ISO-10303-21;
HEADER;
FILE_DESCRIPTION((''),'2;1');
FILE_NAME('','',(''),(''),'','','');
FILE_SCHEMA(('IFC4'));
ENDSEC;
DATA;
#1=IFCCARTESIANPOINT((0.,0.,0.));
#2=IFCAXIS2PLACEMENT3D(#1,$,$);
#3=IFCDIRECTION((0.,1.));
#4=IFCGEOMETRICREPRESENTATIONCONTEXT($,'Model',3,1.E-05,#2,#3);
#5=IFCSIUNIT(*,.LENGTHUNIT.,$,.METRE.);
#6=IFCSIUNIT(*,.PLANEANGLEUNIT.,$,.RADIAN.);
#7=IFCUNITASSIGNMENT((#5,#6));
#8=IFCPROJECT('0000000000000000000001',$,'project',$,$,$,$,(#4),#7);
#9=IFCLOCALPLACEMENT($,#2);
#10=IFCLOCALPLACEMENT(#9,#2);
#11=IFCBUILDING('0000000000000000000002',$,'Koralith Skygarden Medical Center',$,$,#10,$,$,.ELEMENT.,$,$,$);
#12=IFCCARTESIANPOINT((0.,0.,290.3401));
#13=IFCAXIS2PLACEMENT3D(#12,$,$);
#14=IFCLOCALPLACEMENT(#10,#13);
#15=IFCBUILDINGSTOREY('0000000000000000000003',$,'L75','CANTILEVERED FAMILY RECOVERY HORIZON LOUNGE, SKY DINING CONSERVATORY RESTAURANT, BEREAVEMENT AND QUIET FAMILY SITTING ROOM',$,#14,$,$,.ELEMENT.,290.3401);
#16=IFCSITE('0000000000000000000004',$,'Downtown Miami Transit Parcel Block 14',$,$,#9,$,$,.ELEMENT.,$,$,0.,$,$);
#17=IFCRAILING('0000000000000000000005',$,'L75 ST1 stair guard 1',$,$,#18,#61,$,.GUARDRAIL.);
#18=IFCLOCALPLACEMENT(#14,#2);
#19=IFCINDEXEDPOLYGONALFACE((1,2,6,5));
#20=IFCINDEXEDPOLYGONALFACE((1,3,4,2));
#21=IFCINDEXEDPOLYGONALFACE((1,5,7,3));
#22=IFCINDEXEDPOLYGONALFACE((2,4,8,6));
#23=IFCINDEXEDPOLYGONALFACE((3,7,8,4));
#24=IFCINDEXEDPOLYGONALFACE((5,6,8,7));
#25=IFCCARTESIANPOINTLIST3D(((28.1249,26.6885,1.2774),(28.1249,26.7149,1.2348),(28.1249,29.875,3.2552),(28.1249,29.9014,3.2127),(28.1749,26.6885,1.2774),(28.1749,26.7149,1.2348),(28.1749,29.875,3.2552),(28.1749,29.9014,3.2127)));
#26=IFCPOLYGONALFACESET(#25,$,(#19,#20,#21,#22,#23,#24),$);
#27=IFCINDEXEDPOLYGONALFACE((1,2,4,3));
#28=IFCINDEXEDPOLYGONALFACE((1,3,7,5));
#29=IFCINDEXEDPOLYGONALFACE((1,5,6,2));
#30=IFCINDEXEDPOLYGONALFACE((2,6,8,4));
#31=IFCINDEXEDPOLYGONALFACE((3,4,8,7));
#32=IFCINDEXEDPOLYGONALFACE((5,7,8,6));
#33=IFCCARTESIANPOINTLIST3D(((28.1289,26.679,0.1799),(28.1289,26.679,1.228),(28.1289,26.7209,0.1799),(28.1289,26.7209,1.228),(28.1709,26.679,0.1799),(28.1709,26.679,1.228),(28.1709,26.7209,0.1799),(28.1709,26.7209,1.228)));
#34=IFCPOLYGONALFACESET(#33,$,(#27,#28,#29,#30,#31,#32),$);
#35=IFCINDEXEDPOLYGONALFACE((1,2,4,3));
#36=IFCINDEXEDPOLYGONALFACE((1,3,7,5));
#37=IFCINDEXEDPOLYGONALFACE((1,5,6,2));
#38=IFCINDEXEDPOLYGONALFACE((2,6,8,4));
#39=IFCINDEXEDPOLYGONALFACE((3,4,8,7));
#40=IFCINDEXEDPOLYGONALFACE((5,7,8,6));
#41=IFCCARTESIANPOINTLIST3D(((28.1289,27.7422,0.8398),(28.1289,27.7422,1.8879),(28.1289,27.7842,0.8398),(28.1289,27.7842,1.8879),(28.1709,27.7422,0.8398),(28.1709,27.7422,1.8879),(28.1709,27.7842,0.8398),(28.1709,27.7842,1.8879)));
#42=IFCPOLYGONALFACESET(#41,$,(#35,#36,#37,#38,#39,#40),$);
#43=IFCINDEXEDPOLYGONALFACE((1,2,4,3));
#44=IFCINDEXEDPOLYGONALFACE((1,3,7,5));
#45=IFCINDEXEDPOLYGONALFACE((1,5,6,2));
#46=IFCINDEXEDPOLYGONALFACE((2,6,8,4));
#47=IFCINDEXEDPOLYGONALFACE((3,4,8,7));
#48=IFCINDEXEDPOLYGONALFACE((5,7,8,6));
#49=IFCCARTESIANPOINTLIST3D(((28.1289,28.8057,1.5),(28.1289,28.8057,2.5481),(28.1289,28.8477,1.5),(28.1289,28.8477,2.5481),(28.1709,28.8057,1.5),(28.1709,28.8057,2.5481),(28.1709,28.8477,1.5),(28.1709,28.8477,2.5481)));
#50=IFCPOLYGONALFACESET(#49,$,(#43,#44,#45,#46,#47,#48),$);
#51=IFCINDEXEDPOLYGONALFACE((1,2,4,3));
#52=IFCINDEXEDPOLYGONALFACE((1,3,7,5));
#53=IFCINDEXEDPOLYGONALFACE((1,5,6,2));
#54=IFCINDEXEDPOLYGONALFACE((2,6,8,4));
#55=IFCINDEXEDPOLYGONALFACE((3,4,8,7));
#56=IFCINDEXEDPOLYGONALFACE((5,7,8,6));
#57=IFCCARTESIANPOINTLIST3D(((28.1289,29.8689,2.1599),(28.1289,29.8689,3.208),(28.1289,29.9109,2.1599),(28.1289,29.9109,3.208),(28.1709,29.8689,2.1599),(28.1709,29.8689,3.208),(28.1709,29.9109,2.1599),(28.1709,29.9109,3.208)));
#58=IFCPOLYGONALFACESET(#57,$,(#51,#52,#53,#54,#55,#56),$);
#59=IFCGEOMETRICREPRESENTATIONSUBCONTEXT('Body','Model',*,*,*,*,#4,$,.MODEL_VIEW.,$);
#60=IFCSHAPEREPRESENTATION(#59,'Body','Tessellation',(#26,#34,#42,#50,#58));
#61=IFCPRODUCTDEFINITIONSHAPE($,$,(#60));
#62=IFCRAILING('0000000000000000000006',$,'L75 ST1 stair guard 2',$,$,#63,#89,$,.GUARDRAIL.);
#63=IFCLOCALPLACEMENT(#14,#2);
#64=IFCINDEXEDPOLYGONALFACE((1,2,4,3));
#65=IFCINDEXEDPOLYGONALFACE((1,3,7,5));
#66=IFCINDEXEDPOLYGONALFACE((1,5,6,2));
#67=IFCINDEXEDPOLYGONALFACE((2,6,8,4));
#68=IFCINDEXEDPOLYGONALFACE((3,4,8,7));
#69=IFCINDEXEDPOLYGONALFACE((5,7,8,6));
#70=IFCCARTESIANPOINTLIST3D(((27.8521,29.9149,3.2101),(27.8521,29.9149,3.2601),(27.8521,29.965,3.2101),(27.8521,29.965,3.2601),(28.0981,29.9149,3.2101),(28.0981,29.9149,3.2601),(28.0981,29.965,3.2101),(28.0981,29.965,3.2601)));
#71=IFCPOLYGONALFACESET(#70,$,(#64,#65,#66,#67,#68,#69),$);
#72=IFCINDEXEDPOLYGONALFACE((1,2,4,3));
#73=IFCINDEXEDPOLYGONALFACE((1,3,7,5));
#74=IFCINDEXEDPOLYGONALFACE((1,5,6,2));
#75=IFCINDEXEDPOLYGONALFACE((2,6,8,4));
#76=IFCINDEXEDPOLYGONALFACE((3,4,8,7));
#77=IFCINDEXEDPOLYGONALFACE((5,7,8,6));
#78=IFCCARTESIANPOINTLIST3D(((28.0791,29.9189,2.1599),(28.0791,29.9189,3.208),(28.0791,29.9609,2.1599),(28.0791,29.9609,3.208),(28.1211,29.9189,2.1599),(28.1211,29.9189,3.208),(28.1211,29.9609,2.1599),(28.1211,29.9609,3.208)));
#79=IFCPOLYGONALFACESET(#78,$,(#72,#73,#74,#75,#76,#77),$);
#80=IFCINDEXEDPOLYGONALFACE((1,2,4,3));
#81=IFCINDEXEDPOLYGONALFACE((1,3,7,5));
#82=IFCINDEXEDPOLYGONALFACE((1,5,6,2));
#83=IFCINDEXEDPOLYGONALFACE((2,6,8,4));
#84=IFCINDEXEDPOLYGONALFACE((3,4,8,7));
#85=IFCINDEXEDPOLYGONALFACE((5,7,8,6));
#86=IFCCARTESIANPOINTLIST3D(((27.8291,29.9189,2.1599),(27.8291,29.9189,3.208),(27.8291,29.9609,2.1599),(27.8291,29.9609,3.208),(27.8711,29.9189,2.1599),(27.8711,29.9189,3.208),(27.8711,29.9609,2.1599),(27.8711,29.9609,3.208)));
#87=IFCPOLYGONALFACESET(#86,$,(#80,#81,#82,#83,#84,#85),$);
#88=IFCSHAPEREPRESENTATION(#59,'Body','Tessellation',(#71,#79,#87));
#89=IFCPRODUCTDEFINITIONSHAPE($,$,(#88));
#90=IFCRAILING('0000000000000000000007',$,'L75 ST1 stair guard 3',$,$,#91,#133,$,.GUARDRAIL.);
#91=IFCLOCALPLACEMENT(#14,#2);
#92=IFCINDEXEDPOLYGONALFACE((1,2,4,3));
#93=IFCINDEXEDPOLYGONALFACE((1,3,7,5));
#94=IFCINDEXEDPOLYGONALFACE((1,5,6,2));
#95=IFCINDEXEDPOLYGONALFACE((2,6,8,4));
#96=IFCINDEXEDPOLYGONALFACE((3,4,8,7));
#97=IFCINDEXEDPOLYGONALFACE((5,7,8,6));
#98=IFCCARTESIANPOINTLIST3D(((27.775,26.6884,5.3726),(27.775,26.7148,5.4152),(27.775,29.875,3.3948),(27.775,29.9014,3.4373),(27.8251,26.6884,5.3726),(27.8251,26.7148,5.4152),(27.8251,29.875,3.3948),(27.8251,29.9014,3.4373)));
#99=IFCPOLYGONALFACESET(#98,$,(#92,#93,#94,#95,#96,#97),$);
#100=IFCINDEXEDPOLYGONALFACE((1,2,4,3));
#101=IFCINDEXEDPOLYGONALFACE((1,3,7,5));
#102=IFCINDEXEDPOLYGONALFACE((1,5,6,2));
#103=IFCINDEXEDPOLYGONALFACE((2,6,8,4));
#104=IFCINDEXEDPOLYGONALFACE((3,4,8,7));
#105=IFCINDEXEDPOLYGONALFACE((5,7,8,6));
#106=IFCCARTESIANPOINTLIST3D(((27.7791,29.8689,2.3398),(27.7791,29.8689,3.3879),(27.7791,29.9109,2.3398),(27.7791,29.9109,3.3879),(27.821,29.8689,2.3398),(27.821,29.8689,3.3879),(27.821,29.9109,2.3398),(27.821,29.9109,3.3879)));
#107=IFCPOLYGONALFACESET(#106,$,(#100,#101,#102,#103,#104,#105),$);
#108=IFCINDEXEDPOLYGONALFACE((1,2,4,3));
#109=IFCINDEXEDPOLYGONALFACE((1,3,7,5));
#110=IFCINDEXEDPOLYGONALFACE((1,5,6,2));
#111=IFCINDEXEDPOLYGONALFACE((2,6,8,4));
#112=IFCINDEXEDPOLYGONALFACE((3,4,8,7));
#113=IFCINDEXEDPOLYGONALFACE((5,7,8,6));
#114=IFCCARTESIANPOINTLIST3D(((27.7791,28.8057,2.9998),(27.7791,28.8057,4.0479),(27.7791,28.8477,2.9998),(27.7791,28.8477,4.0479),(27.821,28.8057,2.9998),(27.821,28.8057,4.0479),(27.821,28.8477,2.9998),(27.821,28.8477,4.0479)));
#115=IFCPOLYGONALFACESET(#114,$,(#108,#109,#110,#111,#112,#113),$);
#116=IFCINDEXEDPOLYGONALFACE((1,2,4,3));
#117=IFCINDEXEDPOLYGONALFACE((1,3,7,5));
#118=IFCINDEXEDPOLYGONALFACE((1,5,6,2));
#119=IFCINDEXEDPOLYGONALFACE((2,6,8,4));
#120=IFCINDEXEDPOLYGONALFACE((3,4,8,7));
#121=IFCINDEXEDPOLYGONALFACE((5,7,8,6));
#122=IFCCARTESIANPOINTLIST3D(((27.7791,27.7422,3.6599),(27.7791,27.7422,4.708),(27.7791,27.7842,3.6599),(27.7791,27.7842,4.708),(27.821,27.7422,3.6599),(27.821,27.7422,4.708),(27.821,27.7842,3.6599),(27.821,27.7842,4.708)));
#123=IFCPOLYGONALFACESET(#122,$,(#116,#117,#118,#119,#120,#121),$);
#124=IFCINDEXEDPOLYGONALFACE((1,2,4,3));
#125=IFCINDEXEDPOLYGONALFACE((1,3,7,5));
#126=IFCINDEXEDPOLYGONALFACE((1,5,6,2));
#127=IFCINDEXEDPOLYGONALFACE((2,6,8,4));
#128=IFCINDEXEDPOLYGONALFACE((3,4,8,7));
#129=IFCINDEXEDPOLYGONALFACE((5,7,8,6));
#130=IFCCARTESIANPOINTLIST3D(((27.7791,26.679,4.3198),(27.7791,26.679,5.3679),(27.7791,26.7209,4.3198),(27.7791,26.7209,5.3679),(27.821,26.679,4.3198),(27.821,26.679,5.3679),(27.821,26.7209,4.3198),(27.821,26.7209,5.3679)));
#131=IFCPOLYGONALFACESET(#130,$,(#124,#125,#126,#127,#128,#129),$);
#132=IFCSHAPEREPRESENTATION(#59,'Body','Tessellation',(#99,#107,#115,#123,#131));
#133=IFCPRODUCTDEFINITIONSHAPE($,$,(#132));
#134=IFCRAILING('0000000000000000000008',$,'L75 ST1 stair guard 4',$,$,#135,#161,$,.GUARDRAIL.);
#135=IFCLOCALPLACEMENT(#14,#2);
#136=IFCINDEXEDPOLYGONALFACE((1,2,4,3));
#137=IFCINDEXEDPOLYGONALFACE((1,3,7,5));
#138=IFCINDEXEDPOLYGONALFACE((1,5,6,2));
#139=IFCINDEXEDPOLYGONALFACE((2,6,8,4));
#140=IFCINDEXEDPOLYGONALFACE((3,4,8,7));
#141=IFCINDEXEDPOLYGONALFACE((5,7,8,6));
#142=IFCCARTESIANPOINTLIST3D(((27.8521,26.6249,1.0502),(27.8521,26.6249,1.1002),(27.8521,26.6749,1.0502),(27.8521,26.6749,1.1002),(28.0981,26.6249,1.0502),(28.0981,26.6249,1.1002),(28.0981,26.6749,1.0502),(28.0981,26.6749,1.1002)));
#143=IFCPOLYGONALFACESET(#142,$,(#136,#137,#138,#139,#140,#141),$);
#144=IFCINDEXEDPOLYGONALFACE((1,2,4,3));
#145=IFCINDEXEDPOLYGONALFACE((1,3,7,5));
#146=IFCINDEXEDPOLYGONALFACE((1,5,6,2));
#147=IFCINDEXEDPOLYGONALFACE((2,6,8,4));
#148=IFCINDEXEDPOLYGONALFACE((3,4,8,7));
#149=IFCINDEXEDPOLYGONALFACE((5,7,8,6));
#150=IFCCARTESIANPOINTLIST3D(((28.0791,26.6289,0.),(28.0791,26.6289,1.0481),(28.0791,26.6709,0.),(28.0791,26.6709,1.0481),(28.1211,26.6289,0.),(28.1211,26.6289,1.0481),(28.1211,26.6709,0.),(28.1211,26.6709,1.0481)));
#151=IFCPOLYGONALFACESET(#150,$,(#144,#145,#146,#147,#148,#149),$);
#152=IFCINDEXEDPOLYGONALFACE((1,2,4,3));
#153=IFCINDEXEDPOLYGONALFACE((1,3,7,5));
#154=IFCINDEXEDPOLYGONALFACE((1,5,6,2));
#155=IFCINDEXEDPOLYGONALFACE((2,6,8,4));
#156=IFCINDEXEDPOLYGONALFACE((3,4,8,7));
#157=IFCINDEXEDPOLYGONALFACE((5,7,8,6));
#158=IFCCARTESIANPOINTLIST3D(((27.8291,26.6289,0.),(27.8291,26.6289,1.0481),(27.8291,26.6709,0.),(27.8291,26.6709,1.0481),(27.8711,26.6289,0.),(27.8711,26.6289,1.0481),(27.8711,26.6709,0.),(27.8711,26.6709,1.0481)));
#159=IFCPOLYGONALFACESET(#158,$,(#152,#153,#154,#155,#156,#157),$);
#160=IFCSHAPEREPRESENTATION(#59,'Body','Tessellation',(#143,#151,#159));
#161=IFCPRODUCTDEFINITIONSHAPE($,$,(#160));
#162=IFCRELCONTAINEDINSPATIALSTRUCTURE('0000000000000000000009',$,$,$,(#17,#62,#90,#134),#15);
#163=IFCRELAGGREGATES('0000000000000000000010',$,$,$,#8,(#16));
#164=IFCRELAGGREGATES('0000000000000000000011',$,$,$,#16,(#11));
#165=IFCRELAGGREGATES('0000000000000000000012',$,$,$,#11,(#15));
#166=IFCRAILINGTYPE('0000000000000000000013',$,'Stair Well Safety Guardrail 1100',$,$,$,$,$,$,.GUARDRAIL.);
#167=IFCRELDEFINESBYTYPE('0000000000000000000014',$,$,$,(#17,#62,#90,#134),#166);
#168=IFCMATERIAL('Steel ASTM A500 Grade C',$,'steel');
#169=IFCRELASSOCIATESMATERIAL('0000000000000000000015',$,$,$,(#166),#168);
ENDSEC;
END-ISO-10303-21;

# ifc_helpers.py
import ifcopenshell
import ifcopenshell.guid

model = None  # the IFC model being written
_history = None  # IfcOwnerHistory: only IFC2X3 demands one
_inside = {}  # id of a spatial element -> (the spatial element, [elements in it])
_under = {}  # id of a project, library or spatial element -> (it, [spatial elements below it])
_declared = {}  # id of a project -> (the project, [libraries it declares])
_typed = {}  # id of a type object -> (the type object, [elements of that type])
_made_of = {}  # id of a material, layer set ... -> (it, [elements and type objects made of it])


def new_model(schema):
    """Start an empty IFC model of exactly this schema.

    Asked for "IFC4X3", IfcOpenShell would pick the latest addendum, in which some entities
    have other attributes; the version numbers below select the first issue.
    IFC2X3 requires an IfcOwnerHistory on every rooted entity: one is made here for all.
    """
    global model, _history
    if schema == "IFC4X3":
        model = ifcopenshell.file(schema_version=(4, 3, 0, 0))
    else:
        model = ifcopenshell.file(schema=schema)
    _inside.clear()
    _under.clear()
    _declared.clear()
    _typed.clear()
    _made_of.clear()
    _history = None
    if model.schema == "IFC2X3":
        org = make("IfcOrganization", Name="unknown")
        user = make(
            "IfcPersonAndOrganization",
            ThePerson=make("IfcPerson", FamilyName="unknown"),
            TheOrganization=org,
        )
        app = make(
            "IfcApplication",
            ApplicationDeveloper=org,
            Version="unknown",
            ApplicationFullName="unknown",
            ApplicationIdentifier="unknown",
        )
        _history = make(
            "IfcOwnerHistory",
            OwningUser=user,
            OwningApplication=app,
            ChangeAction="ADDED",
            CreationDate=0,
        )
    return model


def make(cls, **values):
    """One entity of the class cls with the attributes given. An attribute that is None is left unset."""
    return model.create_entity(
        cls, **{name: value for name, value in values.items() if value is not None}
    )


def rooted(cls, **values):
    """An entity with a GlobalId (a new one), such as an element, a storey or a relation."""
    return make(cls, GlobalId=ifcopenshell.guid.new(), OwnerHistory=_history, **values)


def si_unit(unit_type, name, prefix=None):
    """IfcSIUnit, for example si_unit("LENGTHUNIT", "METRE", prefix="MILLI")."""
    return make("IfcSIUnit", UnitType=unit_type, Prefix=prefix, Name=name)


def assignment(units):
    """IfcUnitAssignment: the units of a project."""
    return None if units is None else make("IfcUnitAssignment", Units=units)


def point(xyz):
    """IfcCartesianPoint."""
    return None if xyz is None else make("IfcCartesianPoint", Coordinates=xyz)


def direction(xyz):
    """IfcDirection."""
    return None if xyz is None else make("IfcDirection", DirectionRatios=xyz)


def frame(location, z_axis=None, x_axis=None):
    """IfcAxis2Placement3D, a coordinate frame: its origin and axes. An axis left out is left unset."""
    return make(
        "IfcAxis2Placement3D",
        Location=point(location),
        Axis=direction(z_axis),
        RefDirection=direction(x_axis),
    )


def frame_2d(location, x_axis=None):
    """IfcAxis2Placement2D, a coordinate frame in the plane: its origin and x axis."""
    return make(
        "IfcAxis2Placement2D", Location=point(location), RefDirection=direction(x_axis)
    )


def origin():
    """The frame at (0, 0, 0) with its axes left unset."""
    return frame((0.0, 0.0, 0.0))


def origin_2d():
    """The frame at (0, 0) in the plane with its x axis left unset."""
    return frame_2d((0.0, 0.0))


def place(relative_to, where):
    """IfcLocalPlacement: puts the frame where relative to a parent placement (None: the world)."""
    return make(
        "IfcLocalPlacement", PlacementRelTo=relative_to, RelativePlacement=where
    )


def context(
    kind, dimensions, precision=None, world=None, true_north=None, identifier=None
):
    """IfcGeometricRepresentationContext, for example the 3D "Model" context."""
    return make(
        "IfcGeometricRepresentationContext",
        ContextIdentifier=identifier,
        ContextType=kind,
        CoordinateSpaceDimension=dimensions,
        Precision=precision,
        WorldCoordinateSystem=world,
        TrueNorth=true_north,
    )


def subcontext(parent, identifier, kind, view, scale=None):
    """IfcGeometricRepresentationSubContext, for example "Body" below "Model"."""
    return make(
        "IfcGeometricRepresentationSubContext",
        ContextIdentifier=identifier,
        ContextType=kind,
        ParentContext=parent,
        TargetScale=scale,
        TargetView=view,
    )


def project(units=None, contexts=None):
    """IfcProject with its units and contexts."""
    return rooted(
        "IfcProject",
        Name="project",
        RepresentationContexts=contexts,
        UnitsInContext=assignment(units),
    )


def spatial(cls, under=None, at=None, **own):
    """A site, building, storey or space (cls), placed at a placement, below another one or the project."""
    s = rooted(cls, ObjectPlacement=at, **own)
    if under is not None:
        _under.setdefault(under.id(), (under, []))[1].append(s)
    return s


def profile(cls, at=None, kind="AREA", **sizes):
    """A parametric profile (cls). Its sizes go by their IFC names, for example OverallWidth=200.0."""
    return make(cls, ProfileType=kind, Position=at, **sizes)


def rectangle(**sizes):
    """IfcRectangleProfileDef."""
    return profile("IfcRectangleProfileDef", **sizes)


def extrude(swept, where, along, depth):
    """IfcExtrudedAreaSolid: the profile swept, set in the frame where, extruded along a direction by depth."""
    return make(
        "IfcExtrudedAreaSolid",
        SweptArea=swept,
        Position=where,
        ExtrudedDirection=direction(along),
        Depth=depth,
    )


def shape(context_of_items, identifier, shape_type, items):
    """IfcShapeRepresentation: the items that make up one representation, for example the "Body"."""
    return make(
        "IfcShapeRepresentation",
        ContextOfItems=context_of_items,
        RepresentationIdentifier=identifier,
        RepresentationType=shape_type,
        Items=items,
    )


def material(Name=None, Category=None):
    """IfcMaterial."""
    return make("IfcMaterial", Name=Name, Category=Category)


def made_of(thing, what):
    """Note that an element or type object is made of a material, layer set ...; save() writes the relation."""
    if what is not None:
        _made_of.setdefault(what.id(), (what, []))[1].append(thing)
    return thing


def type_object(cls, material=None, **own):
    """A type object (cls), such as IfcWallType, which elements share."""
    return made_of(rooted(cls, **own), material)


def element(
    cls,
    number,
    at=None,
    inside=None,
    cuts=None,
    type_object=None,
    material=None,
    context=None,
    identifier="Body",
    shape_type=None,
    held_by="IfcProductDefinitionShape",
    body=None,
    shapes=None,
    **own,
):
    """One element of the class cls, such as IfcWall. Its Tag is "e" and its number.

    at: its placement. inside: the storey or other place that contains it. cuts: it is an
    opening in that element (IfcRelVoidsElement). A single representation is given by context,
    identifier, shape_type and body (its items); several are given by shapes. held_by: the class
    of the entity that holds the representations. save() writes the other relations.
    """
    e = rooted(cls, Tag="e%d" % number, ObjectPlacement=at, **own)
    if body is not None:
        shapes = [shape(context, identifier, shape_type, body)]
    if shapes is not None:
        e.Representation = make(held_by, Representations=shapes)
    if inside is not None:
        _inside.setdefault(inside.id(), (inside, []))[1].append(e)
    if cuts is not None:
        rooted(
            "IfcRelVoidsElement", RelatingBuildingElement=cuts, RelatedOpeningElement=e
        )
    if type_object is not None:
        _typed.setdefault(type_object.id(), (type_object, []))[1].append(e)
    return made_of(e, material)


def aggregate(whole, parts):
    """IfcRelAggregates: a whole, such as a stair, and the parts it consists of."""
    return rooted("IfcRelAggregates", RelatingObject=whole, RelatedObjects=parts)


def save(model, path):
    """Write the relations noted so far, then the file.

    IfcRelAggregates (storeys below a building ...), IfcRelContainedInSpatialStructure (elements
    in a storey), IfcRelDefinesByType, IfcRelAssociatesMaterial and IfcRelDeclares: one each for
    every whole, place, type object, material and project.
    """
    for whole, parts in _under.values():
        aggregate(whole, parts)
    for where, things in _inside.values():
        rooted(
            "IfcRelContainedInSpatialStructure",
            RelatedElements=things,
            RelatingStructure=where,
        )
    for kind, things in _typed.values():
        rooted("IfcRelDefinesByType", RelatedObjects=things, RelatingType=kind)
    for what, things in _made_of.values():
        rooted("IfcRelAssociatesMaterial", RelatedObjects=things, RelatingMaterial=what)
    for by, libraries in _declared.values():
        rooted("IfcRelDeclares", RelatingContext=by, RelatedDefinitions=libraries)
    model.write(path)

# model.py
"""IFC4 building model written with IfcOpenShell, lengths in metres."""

from ifc_helpers import new_model, si_unit, direction, frame, origin, origin_2d, place, context, subcontext, project, spatial, rectangle, extrude, material, type_object, element, save


model = new_model("IFC4")

# Units and contexts
model_context = context("Model", 3, precision=1e-05, world=origin(), true_north=direction((0.0, 1.0)))
body_context = subcontext(model_context, "Body", "Model", "MODEL_VIEW")
ifc_project = project(units=[si_unit("LENGTHUNIT", "METRE"), si_unit("PLANEANGLEUNIT", "RADIAN")], contexts=[model_context])

# Site, building, storey
site_placement = place(None, origin())
site = spatial("IfcSite", under=ifc_project, at=site_placement, Name="Downtown Miami Transit Parcel Block 14", CompositionType="ELEMENT", RefElevation=0.0)
building_placement = place(site_placement, origin())
building = spatial("IfcBuilding", under=site, at=building_placement, Name="Koralith Skygarden Medical Center", CompositionType="ELEMENT")
storey_placement = place(building_placement, frame((0.0, 0.0, 290.3401)))
storey = spatial("IfcBuildingStorey", under=building, at=storey_placement, Name="L75", Description="CANTILEVERED FAMILY RECOVERY HORIZON LOUNGE, SKY DINING CONSERVATORY RESTAURANT, BEREAVEMENT AND QUIET FAMILY SITTING ROOM", CompositionType="ELEMENT", Elevation=290.3401)

# Shared definitions
ifc_material_1 = material(Name="Steel ASTM A500 Grade C", Category="steel")

# Railings
railing_type_1 = type_object("IfcRailingType", Name="Stair Well Safety Guardrail 1100", PredefinedType="GUARDRAIL", material=ifc_material_1)
railing_1_placement = place(storey_placement, frame((28.1499, 26.7, 0.1799)))
element("IfcRailing", 1, at=railing_1_placement, inside=storey, type_object=railing_type_1, Name="L75 ST1 stair guard 1", PredefinedType="GUARDRAIL", context=body_context, shape_type="SweptSolid", body=[
    extrude(rectangle(XDim=0.05, YDim=0.05, at=origin_2d()), frame((0.0, 0.0017, 1.0762), z_axis=(0.0, 0.849638, 0.527366), x_axis=(-1.0, 0.0, 0.0)), (0.0, 0.0, 1.0), 3.7505),
    extrude(rectangle(XDim=0.042, YDim=0.042, at=origin_2d()), origin(), (0.0, 0.0, 1.0), 1.0481),
    extrude(rectangle(XDim=0.042, YDim=0.042, at=origin_2d()), frame((0.0, 1.0632, 0.6599)), (0.0, 0.0, 1.0), 1.0481),
    extrude(rectangle(XDim=0.042, YDim=0.042, at=origin_2d()), frame((0.0, 2.1267, 1.3201)), (0.0, 0.0, 1.0), 1.0481),
    extrude(rectangle(XDim=0.042, YDim=0.042, at=origin_2d()), frame((0.0, 3.1899, 1.98)), (0.0, 0.0, 1.0), 1.0481),
])
railing_2_placement = place(storey_placement, frame((28.1001, 29.9399, 2.1599)))
element("IfcRailing", 2, at=railing_2_placement, inside=storey, type_object=railing_type_1, Name="L75 ST1 stair guard 2", PredefinedType="GUARDRAIL", context=body_context, shape_type="SweptSolid", body=[
    extrude(rectangle(XDim=0.05, YDim=0.05, at=origin_2d()), frame((-0.002, 0.0, 1.0752), z_axis=(-1.0, 0.0, 0.0), x_axis=(0.0, -1.0, 0.0)), (0.0, 0.0, 1.0), 0.2461),
    extrude(rectangle(XDim=0.042, YDim=0.042, at=origin_2d()), origin(), (0.0, 0.0, 1.0), 1.0481),
    extrude(rectangle(XDim=0.042, YDim=0.042, at=origin_2d()), frame((-0.25, 0.0, 0.0)), (0.0, 0.0, 1.0), 1.0481),
])
railing_3_placement = place(storey_placement, frame((27.8, 29.8899, 2.3398)))
element("IfcRailing", 3, at=railing_3_placement, inside=storey, type_object=railing_type_1, Name="L75 ST1 stair guard 3", PredefinedType="GUARDRAIL", context=body_context, shape_type="SweptSolid", body=[
    extrude(rectangle(XDim=0.05, YDim=0.05, at=origin_2d()), frame((0.0, -0.0017, 1.0762), z_axis=(0.0, -0.849638, 0.527366), x_axis=(1.0, 0.0, 0.0)), (0.0, 0.0, 1.0), 3.7505),
    extrude(rectangle(XDim=0.042, YDim=0.042, at=origin_2d()), origin(), (0.0, 0.0, 1.0), 1.0481),
    extrude(rectangle(XDim=0.042, YDim=0.042, at=origin_2d()), frame((0.0, -1.0632, 0.6599)), (0.0, 0.0, 1.0), 1.0481),
    extrude(rectangle(XDim=0.042, YDim=0.042, at=origin_2d()), frame((0.0, -2.1267, 1.3201)), (0.0, 0.0, 1.0), 1.0481),
    extrude(rectangle(XDim=0.042, YDim=0.042, at=origin_2d()), frame((0.0, -3.1899, 1.98)), (0.0, 0.0, 1.0), 1.0481),
])
railing_4_placement = place(storey_placement, frame((28.1001, 26.6499, 0.0)))
element("IfcRailing", 4, at=railing_4_placement, inside=storey, type_object=railing_type_1, Name="L75 ST1 stair guard 4", PredefinedType="GUARDRAIL", context=body_context, shape_type="SweptSolid", body=[
    extrude(rectangle(XDim=0.05, YDim=0.05, at=origin_2d()), frame((-0.002, 0.0, 1.0752), z_axis=(-1.0, 0.0, 0.0), x_axis=(0.0, -1.0, 0.0)), (0.0, 0.0, 1.0), 0.2461),
    extrude(rectangle(XDim=0.042, YDim=0.042, at=origin_2d()), origin(), (0.0, 0.0, 1.0), 1.0481),
    extrude(rectangle(XDim=0.042, YDim=0.042, at=origin_2d()), frame((-0.25, 0.0, 0.0)), (0.0, 0.0, 1.0), 1.0481),
])

save(model, "model.ifc")
